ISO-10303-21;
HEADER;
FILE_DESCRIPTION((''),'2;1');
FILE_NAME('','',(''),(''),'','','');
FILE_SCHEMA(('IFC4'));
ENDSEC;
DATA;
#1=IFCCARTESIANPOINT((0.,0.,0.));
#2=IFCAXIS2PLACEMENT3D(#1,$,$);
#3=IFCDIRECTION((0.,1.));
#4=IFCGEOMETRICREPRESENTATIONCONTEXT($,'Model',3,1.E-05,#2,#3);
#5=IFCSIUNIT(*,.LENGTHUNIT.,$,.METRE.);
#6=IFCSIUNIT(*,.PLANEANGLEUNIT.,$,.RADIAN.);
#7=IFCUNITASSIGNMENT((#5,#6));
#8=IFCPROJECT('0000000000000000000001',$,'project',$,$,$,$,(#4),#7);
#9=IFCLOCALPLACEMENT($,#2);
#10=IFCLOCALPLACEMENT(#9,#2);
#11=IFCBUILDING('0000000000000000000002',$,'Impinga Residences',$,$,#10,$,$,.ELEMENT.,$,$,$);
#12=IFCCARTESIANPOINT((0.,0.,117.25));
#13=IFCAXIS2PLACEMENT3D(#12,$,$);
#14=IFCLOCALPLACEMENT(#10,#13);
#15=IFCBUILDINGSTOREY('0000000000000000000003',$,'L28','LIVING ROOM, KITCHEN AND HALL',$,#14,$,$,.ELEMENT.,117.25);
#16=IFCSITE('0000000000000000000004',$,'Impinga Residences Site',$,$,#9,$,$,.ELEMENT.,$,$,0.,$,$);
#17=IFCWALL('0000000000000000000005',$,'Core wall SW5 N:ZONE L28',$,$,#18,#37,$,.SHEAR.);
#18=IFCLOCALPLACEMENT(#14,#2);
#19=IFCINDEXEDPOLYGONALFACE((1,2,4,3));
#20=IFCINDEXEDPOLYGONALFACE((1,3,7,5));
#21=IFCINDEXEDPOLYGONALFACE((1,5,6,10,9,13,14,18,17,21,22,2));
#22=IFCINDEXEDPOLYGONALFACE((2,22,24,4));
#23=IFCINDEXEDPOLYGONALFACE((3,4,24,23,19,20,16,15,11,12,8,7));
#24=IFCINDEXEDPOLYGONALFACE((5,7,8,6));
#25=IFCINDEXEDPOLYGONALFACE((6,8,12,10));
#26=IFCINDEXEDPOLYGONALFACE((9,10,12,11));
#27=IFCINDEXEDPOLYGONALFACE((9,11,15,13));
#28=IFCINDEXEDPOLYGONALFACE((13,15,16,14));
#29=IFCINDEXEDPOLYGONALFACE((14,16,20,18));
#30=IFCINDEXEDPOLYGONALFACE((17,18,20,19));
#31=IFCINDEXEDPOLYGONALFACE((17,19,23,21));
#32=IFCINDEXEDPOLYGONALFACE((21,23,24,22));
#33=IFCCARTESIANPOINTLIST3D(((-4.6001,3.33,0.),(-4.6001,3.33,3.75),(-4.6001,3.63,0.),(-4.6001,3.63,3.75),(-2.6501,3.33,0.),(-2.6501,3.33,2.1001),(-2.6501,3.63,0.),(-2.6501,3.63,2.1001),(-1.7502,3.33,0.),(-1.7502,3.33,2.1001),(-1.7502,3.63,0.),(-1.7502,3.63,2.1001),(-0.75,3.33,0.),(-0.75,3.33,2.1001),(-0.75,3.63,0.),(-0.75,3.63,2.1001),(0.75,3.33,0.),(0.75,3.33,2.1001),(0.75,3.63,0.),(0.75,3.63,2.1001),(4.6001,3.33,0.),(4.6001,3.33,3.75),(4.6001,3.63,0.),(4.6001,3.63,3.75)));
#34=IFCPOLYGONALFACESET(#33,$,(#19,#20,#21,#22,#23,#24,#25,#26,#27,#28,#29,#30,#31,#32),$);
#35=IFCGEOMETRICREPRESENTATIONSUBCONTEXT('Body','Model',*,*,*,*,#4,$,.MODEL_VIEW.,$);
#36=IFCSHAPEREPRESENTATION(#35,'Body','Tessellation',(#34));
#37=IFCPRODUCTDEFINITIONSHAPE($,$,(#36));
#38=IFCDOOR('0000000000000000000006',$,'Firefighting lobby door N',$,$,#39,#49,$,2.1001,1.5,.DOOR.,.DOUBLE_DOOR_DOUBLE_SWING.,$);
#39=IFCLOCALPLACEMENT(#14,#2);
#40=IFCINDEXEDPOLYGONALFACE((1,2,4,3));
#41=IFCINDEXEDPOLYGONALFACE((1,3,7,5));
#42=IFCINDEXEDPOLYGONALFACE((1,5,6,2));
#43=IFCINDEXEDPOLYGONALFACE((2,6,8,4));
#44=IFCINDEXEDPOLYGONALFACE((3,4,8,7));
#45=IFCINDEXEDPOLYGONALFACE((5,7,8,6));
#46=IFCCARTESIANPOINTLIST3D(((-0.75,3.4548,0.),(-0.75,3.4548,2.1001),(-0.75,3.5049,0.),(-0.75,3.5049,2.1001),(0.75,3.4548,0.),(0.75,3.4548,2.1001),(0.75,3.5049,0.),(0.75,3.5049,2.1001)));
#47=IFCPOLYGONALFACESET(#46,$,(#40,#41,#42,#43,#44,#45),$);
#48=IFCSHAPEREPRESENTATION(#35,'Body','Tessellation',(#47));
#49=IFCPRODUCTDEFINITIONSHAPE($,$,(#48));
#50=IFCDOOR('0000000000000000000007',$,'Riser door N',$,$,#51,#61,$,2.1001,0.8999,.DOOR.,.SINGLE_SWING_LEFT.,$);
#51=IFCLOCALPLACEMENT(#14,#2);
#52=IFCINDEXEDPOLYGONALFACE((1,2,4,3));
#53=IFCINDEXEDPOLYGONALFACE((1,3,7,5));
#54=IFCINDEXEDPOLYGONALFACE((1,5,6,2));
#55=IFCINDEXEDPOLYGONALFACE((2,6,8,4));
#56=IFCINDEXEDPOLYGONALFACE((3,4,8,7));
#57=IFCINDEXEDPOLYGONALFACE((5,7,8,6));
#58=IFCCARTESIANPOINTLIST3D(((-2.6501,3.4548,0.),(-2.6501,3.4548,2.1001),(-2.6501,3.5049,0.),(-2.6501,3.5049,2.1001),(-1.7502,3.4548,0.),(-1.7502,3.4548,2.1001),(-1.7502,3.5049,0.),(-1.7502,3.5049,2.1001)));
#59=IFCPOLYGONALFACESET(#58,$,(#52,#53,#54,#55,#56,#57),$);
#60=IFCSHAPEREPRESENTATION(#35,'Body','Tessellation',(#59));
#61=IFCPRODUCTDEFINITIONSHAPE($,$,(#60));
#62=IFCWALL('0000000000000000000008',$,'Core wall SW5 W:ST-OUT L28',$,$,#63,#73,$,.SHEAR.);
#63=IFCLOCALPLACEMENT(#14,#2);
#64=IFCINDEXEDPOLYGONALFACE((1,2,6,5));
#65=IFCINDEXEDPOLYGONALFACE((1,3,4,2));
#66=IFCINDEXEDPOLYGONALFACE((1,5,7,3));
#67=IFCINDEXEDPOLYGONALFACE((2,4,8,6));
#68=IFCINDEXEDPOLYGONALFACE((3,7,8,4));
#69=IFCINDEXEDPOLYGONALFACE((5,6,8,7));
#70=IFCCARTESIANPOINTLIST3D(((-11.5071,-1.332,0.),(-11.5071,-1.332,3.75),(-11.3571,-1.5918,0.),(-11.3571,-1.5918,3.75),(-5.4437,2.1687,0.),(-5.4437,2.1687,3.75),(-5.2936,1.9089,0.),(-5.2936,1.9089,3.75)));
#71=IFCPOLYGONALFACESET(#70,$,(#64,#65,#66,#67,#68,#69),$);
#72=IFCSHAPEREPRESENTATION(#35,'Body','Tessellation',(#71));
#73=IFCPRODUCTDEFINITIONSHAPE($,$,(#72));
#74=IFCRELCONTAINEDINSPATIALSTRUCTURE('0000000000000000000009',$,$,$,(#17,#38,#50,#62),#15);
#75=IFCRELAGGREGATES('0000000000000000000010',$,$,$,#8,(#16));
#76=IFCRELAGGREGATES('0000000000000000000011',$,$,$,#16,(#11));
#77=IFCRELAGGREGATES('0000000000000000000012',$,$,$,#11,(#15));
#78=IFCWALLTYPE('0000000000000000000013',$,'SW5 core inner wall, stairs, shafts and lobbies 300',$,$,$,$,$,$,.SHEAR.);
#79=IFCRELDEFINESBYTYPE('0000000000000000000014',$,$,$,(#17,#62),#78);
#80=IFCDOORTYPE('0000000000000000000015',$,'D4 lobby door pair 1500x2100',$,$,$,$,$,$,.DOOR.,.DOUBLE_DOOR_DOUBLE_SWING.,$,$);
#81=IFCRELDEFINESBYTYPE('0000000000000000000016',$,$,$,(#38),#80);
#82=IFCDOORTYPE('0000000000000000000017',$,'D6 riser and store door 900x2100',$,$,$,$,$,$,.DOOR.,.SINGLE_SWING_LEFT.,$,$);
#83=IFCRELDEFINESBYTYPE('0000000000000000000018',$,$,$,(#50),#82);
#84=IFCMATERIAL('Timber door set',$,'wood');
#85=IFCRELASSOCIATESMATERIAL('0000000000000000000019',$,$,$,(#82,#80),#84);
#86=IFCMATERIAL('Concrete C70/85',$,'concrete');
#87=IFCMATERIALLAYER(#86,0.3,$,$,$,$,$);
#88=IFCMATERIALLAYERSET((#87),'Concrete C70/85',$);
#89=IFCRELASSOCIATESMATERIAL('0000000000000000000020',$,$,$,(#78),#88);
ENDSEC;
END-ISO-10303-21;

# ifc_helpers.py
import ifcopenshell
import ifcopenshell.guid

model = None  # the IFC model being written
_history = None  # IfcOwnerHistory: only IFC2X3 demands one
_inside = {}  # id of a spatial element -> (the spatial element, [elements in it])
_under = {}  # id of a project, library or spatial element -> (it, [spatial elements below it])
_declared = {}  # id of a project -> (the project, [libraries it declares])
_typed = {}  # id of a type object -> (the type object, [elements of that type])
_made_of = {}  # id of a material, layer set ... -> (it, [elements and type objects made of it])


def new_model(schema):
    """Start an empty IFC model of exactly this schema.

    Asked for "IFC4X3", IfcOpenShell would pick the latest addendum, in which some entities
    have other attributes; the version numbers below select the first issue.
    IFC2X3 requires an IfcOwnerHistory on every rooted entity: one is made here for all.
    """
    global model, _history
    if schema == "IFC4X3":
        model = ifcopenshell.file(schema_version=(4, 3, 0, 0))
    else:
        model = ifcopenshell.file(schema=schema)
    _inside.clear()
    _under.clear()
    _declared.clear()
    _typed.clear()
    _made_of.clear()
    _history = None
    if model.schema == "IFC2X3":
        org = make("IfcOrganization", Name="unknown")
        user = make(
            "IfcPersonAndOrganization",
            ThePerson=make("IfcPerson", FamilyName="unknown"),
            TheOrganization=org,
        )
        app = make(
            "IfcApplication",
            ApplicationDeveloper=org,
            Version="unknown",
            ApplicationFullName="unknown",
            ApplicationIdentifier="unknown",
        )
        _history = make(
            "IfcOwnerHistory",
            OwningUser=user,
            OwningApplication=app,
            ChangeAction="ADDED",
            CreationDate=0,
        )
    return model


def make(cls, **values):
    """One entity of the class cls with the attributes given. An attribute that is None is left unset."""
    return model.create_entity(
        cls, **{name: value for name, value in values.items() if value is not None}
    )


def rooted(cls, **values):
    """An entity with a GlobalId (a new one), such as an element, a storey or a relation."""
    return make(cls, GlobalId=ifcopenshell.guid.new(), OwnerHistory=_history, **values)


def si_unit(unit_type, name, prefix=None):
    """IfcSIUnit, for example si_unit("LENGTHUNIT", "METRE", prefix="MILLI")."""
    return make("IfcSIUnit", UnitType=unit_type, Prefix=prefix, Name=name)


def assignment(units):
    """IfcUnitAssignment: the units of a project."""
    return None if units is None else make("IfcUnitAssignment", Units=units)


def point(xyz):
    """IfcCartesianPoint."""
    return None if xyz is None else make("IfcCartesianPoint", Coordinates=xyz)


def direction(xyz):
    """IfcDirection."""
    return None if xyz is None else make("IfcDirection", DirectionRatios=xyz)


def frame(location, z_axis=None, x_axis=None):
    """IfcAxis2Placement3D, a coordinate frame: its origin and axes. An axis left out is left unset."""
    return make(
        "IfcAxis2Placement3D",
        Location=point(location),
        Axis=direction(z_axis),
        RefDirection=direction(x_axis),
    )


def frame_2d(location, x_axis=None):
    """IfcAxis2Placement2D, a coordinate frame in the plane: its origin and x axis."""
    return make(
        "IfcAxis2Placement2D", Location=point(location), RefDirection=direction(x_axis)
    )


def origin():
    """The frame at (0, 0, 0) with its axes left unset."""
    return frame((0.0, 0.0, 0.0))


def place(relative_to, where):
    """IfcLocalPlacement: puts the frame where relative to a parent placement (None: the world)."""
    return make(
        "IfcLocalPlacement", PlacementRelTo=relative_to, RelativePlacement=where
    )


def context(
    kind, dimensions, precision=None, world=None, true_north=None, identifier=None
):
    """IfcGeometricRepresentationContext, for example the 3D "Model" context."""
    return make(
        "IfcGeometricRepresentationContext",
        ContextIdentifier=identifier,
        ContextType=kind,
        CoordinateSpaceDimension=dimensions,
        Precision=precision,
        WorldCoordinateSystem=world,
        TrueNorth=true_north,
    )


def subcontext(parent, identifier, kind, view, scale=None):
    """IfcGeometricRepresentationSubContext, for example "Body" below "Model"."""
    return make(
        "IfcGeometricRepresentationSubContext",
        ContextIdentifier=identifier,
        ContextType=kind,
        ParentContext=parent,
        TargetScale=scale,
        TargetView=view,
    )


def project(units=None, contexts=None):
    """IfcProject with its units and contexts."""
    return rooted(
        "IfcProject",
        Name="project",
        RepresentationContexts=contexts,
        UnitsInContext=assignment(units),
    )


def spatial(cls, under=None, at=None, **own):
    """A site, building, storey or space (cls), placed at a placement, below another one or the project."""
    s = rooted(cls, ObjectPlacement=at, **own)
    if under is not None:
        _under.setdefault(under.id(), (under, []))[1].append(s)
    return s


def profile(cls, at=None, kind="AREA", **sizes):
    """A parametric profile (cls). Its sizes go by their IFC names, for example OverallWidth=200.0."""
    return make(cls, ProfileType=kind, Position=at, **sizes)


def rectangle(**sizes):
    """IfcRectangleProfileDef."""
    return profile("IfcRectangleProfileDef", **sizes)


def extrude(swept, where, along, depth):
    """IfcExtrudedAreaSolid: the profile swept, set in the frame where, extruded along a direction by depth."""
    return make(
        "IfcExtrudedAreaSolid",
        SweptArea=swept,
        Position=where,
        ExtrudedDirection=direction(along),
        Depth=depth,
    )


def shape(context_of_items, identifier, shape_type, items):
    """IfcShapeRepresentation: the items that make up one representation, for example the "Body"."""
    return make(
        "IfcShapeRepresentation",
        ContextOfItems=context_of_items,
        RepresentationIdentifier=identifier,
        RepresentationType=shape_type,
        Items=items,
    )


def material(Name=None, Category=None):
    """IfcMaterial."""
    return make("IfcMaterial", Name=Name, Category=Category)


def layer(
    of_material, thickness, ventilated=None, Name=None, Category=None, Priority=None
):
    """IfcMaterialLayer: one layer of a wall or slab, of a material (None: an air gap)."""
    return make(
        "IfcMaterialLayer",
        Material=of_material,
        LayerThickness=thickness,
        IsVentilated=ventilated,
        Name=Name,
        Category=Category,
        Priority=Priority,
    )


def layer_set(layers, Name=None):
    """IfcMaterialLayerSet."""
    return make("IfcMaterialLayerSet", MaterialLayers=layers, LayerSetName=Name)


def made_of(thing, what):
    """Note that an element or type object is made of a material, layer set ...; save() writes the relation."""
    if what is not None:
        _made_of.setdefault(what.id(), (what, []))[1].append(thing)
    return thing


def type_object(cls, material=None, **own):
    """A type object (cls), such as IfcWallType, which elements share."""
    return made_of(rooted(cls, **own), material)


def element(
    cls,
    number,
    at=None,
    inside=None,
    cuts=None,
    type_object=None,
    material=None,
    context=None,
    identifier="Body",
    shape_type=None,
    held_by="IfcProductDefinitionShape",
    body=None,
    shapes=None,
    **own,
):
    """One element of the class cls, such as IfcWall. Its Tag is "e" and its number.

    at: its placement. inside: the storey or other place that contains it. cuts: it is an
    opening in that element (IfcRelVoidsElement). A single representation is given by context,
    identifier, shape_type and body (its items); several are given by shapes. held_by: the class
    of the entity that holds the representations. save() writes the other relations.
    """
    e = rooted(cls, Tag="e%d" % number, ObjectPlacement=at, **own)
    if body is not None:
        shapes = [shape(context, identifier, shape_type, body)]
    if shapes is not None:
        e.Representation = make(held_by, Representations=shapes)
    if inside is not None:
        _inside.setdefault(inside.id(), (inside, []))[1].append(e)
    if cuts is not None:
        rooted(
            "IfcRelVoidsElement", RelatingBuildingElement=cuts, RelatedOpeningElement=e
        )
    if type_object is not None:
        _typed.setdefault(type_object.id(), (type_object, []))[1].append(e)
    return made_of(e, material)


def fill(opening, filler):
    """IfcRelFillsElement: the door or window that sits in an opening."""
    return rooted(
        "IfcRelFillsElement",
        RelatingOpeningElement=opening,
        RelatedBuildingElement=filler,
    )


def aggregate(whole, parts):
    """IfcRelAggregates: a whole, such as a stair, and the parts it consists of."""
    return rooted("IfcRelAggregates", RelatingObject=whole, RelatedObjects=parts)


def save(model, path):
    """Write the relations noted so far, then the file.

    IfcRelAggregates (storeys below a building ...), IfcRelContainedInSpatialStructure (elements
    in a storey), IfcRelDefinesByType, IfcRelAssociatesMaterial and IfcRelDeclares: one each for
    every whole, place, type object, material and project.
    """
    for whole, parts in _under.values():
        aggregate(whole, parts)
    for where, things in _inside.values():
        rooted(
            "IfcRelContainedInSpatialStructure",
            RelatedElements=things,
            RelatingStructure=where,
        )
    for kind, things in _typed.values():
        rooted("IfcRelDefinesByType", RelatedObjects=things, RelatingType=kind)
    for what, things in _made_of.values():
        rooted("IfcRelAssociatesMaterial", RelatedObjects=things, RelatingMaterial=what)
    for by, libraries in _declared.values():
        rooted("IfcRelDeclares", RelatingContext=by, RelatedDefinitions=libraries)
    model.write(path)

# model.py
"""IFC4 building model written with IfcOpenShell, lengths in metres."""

from ifc_helpers import new_model, si_unit, direction, frame, frame_2d, origin, place, context, subcontext, project, spatial, rectangle, extrude, material, layer, layer_set, type_object, element, fill, save


model = new_model("IFC4")

# Units and contexts
model_context = context("Model", 3, precision=1e-05, world=origin(), true_north=direction((0.0, 1.0)))
body_context = subcontext(model_context, "Body", "Model", "MODEL_VIEW")
ifc_project = project(units=[si_unit("LENGTHUNIT", "METRE"), si_unit("PLANEANGLEUNIT", "RADIAN")], contexts=[model_context])

# Site, building, storey
site_placement = place(None, origin())
site = spatial("IfcSite", under=ifc_project, at=site_placement, Name="Impinga Residences Site", CompositionType="ELEMENT", RefElevation=0.0)
building_placement = place(site_placement, origin())
building = spatial("IfcBuilding", under=site, at=building_placement, Name="Impinga Residences", CompositionType="ELEMENT")
storey_placement = place(building_placement, frame((0.0, 0.0, 117.25)))
storey = spatial("IfcBuildingStorey", under=building, at=storey_placement, Name="L28", Description="LIVING ROOM, KITCHEN AND HALL", CompositionType="ELEMENT", Elevation=117.25)

# Shared definitions
ifc_material_1 = material(Name="Timber door set", Category="wood")
door_type_1 = type_object("IfcDoorType", Name="D6 riser and store door 900x2100", OperationType="SINGLE_SWING_LEFT", PredefinedType="DOOR", material=ifc_material_1)

# Wall, openings, doors
ifc_material_2 = material(Name="Concrete C70/85", Category="concrete")
ifc_layer_1 = layer(ifc_material_2, 0.3)
ifc_layer_set_1 = layer_set([ifc_layer_1], Name="Concrete C70/85")
wall_type_1 = type_object("IfcWallType", Name="SW5 core inner wall, stairs, shafts and lobbies 300", PredefinedType="SHEAR", material=ifc_layer_set_1)
wall_1_placement = place(storey_placement, frame((-4.6001, 3.48, 0.0), z_axis=(0.0, 0.0, 1.0), x_axis=(1.0, 0.0, 0.0)))
wall_1 = element("IfcWall", 1, at=wall_1_placement, inside=storey, type_object=wall_type_1, Name="Core wall SW5 N:ZONE L28", PredefinedType="SHEAR", context=body_context, shape_type="SweptSolid", body=[
    extrude(rectangle(XDim=9.2002, YDim=0.3, at=frame_2d((4.6001, 0.0))), origin(), (0.0, 0.0, 1.0), 3.75),
])
opening_1_placement = place(wall_1_placement, frame((3.8501, 0.0, 0.0)))
opening_1 = element("IfcOpeningElement", 2, at=opening_1_placement, cuts=wall_1, PredefinedType="OPENING", context=body_context, shape_type="SweptSolid", body=[
    extrude(rectangle(XDim=1.5, YDim=2.1001, at=frame_2d((0.75, 1.05))), frame((0.0, 0.1599, 0.0), z_axis=(0.0, -1.0, 0.0), x_axis=(1.0, 0.0, 0.0)), (0.0, 0.0, 1.0), 0.3201),
])
opening_2_placement = place(wall_1_placement, frame((1.95, 0.0, 0.0)))
opening_2 = element("IfcOpeningElement", 3, at=opening_2_placement, cuts=wall_1, PredefinedType="OPENING", context=body_context, shape_type="SweptSolid", body=[
    extrude(rectangle(XDim=0.8999, YDim=2.1001, at=frame_2d((0.45, 1.05))), frame((0.0, 0.1599, 0.0), z_axis=(0.0, -1.0, 0.0), x_axis=(1.0, 0.0, 0.0)), (0.0, 0.0, 1.0), 0.3201),
])
door_type_2 = type_object("IfcDoorType", Name="D4 lobby door pair 1500x2100", OperationType="DOUBLE_DOOR_DOUBLE_SWING", PredefinedType="DOOR", material=ifc_material_1)
door_1_placement = place(opening_1_placement, origin())
door_1 = element("IfcDoor", 4, at=door_1_placement, inside=storey, type_object=door_type_2, Name="Firefighting lobby door N", OperationType="DOUBLE_DOOR_DOUBLE_SWING", OverallHeight=2.1001, OverallWidth=1.5, PredefinedType="DOOR", context=body_context, shape_type="SweptSolid", body=[
    extrude(rectangle(XDim=1.5, YDim=2.1001, at=frame_2d((0.75, 1.05))), frame((0.0, 0.0249, 0.0), z_axis=(0.0, -1.0, 0.0), x_axis=(1.0, 0.0, 0.0)), (0.0, 0.0, 1.0), 0.05),
])
fill(opening_1, door_1)
door_2_placement = place(opening_2_placement, origin())
door_2 = element("IfcDoor", 5, at=door_2_placement, inside=storey, type_object=door_type_1, Name="Riser door N", OperationType="SINGLE_SWING_LEFT", OverallHeight=2.1001, OverallWidth=0.8999, PredefinedType="DOOR", context=body_context, shape_type="SweptSolid", body=[
    extrude(rectangle(XDim=0.8999, YDim=2.1001, at=frame_2d((0.45, 1.05))), frame((0.0, 0.0249, 0.0), z_axis=(0.0, -1.0, 0.0), x_axis=(1.0, 0.0, 0.0)), (0.0, 0.0, 1.0), 0.05),
])
fill(opening_2, door_2)

# Wall
wall_2_placement = place(storey_placement, frame((-5.3687, 2.0388, 0.0), z_axis=(0.0, 0.0, 1.0), x_axis=(-0.866026, -0.499998, 0.0)))
element("IfcWall", 6, at=wall_2_placement, inside=storey, type_object=wall_type_1, Name="Core wall SW5 W:ST-OUT L28", PredefinedType="SHEAR", context=body_context, shape_type="SweptSolid", body=[
    extrude(rectangle(XDim=7.0015, YDim=0.3, at=frame_2d((3.5007, 0.0))), origin(), (0.0, 0.0, 1.0), 3.75),
])

save(model, "model.ifc")
